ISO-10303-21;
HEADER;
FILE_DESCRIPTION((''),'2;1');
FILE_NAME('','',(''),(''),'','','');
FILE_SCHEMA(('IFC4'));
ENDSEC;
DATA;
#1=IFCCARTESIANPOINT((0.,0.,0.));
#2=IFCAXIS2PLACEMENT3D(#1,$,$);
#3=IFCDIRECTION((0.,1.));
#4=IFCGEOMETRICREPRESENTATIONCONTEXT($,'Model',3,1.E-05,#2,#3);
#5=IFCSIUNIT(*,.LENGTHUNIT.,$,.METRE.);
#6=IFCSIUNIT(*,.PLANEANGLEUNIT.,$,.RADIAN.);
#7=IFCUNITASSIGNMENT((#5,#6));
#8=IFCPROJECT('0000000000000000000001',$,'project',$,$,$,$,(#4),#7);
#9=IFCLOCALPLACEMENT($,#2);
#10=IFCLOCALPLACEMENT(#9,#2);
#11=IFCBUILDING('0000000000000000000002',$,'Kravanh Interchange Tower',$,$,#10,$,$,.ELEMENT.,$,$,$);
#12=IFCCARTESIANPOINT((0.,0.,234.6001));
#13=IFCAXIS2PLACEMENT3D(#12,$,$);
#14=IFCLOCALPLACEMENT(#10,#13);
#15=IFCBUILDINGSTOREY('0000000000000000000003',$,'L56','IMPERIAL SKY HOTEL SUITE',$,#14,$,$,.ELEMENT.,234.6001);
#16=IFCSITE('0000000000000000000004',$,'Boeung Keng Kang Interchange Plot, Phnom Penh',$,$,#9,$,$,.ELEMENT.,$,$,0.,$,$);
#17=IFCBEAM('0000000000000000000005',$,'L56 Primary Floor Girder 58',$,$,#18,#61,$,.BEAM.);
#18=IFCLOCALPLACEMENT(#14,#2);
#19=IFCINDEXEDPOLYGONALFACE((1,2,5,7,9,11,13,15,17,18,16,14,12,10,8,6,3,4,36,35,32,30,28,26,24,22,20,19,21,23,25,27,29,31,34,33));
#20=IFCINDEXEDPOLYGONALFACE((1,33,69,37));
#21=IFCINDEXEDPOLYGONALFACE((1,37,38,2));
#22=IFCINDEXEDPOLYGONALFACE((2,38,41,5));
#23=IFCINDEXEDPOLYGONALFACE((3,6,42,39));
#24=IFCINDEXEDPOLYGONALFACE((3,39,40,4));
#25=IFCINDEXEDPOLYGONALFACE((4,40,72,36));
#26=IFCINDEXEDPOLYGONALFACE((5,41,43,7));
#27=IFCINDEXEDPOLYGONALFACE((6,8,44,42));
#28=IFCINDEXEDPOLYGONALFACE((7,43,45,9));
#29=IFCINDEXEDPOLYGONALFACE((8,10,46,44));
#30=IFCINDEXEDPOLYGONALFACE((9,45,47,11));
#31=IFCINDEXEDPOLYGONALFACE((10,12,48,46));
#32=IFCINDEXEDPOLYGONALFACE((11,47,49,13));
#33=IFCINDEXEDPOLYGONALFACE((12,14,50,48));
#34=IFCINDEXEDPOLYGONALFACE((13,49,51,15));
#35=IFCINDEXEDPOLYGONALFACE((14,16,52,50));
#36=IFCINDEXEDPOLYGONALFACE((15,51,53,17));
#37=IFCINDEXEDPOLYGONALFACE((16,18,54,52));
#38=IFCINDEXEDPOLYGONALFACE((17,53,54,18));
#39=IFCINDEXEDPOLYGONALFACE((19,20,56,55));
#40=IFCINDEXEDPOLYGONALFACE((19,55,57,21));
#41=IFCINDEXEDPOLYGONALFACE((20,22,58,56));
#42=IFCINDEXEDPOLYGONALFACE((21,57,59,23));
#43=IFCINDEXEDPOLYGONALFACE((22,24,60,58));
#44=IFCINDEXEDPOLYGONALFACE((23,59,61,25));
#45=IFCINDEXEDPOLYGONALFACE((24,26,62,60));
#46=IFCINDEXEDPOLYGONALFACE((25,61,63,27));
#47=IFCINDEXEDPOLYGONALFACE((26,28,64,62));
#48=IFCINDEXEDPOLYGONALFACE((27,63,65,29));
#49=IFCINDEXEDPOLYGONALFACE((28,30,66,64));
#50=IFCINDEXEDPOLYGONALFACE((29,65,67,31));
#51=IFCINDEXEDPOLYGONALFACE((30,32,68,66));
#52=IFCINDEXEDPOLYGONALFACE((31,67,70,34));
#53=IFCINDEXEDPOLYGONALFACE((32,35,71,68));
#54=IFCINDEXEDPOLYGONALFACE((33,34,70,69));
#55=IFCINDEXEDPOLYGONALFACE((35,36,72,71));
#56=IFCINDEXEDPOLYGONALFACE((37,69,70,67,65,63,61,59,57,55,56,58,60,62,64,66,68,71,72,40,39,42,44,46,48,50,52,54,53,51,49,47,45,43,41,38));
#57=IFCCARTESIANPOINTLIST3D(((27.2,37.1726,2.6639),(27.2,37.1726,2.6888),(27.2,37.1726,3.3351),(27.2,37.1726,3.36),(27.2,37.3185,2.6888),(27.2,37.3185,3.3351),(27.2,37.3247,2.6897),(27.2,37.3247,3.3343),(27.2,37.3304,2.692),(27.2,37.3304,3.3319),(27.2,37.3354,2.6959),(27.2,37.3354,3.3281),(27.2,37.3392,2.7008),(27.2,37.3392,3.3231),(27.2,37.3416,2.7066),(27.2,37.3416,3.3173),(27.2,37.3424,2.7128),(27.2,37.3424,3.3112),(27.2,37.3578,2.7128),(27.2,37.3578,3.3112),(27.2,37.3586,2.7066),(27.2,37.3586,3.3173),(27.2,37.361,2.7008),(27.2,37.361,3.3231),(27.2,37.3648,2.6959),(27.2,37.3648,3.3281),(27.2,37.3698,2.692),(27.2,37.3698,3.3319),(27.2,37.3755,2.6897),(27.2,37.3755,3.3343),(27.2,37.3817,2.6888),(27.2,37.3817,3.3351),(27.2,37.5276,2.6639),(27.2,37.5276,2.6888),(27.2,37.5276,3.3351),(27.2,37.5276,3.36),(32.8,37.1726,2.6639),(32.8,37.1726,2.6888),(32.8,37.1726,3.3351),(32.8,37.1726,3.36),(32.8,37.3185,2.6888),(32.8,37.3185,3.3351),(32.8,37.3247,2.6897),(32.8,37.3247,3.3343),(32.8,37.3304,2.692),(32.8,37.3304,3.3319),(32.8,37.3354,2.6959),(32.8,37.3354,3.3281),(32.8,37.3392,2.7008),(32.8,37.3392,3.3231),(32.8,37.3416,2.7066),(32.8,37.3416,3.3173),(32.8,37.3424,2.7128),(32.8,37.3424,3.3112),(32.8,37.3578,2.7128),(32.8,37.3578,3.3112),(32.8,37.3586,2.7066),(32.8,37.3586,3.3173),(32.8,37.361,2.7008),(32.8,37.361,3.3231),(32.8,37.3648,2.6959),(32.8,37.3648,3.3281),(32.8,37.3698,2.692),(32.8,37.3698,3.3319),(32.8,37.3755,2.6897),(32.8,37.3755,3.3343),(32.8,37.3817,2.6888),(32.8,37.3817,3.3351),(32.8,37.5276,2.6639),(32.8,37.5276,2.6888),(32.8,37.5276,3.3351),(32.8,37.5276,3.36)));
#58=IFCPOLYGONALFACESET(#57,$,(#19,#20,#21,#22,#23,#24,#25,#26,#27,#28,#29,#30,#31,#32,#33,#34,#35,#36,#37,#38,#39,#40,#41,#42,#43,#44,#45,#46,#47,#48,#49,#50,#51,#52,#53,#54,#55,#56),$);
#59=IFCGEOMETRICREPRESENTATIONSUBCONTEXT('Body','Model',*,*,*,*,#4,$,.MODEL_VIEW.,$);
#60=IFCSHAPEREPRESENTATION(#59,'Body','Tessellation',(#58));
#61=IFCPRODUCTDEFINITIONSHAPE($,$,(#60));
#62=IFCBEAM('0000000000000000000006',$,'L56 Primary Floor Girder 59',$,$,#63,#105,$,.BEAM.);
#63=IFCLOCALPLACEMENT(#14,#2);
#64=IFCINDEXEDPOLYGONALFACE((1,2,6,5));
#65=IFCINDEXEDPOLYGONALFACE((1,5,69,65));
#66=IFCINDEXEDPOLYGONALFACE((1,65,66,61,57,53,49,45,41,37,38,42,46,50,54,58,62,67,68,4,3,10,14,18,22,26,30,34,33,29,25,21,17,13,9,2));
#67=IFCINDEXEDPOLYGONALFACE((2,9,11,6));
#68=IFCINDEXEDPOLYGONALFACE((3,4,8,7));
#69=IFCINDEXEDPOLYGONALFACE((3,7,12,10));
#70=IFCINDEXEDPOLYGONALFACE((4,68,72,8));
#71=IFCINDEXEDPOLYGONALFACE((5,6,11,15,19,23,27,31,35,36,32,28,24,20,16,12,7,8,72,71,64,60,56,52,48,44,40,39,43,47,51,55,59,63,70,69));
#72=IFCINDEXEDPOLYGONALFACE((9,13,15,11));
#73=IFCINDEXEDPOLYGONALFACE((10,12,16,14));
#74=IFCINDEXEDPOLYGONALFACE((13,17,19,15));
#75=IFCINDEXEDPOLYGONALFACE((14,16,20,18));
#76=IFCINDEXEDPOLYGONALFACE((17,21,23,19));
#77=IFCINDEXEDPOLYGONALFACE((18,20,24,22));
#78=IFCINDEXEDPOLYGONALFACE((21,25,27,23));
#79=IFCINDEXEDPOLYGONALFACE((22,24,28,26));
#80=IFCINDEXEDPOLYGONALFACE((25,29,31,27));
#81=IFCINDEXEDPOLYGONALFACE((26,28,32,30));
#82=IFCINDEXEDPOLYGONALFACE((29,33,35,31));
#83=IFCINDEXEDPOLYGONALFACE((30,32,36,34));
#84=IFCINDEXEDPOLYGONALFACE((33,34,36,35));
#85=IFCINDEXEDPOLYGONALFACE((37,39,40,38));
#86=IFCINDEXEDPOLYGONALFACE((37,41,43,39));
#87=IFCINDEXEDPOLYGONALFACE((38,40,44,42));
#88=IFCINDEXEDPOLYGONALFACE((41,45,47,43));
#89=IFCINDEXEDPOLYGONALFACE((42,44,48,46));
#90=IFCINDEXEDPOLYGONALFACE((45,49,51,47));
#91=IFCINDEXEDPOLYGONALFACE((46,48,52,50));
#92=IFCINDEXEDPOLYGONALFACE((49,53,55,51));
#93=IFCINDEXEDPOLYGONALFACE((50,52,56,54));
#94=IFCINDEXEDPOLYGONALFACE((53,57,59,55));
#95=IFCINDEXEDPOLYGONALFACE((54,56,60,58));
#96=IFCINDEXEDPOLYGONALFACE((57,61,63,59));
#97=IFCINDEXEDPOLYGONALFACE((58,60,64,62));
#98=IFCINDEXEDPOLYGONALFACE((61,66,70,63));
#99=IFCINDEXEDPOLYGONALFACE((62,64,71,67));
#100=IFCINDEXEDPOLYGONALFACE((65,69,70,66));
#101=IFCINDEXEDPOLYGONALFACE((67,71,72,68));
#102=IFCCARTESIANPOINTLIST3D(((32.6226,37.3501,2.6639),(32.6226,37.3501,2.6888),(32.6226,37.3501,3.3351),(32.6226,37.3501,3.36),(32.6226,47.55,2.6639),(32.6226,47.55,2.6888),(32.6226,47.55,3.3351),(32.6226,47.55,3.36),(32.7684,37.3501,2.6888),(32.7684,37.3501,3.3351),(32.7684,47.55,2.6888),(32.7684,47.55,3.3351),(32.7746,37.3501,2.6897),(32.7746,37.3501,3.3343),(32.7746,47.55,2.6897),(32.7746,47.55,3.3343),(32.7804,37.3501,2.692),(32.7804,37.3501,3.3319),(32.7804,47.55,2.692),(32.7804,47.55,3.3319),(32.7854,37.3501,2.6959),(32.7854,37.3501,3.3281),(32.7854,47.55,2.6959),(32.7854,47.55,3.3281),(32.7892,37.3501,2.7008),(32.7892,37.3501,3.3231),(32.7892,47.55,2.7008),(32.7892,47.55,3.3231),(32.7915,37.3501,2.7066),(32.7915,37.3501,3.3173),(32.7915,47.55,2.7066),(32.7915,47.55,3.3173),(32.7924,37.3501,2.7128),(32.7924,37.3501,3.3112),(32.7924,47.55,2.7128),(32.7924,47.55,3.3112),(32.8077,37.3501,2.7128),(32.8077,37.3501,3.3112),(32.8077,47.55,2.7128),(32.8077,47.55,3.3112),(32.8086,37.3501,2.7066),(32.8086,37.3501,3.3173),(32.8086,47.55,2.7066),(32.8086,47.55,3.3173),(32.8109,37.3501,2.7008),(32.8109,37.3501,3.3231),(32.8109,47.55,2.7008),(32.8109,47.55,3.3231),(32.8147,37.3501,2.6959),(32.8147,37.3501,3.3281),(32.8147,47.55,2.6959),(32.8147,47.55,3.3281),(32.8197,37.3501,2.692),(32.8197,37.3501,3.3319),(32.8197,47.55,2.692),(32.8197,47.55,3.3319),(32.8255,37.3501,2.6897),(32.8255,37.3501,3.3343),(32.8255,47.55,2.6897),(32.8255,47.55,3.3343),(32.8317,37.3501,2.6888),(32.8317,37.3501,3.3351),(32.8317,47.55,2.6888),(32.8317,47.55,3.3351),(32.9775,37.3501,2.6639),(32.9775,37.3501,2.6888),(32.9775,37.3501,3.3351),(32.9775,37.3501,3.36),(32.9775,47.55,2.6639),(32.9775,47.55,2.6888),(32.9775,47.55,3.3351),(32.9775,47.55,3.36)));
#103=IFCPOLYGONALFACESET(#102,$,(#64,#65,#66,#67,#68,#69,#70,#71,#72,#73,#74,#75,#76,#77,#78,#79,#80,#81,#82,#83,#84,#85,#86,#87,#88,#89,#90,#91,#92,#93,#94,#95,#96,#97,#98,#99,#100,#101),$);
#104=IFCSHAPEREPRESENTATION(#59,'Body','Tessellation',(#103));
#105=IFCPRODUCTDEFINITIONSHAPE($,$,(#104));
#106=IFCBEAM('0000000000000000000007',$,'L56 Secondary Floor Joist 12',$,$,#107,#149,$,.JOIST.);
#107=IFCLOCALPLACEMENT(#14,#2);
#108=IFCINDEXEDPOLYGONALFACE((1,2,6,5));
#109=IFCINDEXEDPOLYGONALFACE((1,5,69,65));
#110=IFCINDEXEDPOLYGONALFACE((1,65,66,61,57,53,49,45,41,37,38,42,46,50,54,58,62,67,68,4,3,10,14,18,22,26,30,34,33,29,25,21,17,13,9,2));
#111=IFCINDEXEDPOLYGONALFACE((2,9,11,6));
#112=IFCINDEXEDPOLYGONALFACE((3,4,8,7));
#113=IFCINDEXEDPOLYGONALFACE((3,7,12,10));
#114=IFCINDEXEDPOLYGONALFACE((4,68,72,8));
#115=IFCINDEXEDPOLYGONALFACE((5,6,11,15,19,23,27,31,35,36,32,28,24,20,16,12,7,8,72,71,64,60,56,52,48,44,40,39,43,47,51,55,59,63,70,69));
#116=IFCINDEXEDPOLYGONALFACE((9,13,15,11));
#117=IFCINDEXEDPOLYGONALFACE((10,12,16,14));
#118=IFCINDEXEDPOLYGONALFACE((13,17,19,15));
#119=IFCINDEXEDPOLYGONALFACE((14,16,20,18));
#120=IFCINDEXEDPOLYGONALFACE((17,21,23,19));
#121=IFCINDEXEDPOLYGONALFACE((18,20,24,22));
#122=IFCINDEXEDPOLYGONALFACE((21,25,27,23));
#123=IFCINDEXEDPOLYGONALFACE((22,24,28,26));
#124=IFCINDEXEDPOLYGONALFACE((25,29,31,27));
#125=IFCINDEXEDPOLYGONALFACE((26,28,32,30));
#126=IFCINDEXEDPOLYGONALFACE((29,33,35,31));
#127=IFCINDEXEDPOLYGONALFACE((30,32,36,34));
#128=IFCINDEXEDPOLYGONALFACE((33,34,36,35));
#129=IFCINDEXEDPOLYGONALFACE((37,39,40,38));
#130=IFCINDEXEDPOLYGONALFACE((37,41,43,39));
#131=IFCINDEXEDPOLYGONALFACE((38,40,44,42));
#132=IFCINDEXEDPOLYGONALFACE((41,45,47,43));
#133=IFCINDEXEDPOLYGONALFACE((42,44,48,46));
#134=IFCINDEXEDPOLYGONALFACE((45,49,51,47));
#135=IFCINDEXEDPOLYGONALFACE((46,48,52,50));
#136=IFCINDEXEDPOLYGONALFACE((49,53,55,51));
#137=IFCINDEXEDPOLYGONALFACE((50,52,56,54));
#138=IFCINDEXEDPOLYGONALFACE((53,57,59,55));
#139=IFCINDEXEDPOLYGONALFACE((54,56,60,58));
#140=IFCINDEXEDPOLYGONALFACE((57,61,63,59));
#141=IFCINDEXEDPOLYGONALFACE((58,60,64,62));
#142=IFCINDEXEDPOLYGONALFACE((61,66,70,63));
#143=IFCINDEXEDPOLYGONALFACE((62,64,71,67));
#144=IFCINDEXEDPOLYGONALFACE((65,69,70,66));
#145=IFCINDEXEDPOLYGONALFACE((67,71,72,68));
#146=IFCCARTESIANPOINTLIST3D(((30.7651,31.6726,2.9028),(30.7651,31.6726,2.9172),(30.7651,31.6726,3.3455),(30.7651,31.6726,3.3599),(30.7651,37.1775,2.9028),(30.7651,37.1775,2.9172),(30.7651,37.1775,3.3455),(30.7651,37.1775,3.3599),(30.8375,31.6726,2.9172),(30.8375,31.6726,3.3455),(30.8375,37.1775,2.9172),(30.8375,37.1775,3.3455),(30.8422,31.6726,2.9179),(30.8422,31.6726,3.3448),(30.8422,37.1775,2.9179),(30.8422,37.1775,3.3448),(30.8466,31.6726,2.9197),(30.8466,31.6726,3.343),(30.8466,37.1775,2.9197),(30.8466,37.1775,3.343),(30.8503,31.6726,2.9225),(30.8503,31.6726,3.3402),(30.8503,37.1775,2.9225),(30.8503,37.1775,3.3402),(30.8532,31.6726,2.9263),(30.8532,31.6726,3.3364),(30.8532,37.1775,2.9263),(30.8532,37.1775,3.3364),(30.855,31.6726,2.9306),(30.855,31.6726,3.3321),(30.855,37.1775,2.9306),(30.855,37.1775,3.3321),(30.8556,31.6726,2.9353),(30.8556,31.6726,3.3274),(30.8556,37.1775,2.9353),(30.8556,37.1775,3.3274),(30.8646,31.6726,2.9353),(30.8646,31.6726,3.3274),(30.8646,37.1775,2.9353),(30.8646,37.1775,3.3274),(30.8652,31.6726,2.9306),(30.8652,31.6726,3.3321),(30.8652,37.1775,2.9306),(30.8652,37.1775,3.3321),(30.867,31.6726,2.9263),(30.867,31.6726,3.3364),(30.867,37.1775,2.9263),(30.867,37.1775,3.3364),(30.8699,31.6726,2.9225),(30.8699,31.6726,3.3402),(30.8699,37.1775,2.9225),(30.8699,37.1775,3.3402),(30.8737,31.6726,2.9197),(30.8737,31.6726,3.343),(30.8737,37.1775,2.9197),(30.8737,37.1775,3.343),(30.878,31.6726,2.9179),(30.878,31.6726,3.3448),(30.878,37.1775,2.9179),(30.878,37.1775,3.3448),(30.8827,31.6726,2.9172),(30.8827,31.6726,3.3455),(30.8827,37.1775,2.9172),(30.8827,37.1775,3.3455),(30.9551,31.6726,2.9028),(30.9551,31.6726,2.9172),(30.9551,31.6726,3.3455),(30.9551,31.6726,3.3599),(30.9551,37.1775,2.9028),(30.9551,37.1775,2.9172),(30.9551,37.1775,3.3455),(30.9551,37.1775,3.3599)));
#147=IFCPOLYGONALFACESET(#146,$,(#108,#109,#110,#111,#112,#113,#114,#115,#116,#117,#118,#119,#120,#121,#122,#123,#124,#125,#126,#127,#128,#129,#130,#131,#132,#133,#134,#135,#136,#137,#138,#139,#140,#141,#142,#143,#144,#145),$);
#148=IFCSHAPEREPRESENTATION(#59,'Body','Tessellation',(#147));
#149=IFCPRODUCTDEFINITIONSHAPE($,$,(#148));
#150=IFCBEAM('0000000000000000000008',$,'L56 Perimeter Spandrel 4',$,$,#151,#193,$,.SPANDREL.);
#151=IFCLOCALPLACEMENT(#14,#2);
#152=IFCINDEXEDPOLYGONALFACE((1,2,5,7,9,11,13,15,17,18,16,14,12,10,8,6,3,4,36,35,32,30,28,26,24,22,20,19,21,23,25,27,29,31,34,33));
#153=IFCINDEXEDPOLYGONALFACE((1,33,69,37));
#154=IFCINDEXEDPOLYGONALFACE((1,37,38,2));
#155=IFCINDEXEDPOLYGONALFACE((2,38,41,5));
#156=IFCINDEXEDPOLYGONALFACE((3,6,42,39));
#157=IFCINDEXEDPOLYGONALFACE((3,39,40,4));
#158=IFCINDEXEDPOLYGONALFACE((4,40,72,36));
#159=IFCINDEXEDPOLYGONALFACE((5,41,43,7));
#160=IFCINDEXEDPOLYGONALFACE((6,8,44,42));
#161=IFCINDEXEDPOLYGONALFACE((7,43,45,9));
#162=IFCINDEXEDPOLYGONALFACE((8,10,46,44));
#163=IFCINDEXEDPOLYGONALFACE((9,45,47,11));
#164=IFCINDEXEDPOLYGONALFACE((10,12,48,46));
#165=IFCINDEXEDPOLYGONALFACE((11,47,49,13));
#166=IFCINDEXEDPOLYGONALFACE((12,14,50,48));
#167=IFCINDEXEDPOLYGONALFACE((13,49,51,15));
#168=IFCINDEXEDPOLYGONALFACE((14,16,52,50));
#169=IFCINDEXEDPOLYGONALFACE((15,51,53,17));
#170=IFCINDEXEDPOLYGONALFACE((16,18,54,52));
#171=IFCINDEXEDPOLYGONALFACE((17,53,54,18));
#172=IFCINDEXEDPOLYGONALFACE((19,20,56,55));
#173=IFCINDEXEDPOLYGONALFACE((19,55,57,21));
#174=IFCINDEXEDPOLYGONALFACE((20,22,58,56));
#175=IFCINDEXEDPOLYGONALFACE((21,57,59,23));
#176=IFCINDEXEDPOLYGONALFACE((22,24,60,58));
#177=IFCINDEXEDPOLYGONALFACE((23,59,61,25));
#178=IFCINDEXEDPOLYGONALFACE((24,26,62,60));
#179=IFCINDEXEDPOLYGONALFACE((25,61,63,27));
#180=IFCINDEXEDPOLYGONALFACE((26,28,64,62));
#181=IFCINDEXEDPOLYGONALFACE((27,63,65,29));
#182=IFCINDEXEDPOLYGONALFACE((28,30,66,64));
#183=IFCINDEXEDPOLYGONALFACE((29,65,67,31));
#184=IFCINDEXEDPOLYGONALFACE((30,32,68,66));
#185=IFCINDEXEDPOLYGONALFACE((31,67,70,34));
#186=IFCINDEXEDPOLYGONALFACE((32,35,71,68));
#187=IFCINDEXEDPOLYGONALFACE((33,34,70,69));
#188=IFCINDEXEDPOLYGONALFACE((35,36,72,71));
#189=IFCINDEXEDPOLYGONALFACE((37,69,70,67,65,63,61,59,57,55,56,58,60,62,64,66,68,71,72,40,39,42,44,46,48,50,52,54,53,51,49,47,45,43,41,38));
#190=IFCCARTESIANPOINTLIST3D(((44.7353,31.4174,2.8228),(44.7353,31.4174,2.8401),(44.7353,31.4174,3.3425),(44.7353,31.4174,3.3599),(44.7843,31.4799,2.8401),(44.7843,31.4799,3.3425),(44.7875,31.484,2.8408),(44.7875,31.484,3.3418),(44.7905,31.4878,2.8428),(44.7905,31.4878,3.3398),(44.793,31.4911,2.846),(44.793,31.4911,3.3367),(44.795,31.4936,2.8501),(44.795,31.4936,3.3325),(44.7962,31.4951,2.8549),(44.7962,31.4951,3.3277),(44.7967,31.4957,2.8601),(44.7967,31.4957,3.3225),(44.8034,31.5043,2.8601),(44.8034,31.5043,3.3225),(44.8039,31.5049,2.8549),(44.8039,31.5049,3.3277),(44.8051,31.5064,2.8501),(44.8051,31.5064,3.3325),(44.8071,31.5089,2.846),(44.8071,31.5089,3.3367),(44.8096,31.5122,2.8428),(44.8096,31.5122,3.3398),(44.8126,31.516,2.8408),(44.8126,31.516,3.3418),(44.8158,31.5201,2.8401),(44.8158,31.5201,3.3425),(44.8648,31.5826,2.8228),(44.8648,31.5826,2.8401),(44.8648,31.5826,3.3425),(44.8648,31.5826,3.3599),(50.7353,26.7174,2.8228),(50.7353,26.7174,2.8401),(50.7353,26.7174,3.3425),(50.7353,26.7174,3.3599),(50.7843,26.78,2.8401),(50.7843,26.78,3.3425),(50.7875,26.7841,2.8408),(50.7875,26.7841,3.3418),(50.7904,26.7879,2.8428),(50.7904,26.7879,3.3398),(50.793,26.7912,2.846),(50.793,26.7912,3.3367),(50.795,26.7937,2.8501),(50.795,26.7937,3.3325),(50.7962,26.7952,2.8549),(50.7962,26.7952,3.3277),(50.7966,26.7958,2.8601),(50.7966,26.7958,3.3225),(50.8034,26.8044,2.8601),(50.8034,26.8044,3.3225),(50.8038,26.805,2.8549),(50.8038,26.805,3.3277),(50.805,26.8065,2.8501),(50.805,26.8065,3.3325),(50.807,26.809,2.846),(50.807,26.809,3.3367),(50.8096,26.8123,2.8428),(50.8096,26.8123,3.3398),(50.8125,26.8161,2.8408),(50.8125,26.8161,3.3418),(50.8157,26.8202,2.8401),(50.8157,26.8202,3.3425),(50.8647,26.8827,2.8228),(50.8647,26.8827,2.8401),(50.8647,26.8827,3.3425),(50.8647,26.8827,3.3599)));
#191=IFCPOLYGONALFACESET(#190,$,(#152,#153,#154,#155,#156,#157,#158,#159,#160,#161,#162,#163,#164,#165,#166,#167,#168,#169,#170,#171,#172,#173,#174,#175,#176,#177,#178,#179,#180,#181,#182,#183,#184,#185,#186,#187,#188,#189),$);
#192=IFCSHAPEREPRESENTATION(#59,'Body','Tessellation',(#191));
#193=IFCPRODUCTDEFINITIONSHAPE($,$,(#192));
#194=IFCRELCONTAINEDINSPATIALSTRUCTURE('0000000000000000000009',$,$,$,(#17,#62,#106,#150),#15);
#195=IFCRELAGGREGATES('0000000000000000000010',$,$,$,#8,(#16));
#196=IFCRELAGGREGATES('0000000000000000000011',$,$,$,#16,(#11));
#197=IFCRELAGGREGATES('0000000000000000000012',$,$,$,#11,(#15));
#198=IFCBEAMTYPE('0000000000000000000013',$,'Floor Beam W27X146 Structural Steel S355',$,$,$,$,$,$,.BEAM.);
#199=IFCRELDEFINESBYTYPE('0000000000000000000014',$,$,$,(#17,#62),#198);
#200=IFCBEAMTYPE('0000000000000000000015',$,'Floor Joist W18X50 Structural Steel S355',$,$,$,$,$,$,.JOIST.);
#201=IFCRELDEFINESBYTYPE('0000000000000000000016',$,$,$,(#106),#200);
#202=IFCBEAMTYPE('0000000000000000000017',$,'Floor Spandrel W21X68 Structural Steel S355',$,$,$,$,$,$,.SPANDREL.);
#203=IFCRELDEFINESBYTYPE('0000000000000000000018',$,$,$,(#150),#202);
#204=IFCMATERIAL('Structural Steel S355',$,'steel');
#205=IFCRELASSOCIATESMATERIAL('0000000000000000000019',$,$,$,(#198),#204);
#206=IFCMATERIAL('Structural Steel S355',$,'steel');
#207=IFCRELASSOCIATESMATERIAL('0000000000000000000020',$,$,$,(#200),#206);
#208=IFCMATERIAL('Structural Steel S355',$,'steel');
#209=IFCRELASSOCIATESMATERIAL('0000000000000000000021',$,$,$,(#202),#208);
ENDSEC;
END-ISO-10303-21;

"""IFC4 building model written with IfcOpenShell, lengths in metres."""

from ifc_helpers import new_model, si_unit, direction, frame, origin, origin_2d, place, context, subcontext, project, spatial, i_section, extrude, material, material_profile, profile_set, type_object, element, save


model = new_model("IFC4")

# Units and contexts
model_context = context("Model", 3, precision=1e-05, world=origin(), true_north=direction((0.0, 1.0)))
body_context = subcontext(model_context, "Body", "Model", "MODEL_VIEW")
ifc_project = project(units=[si_unit("LENGTHUNIT", "METRE"), si_unit("PLANEANGLEUNIT", "RADIAN")], contexts=[model_context])

# Site, building, storey
site_placement = place(None, origin())
site = spatial("IfcSite", under=ifc_project, at=site_placement, Name="Boeung Keng Kang Interchange Plot, Phnom Penh", CompositionType="ELEMENT", RefElevation=0.0)
building_placement = place(site_placement, origin())
building = spatial("IfcBuilding", under=site, at=building_placement, Name="Kravanh Interchange Tower", CompositionType="ELEMENT")
storey_placement = place(building_placement, frame((0.0, 0.0, 234.6001)))
storey = spatial("IfcBuildingStorey", under=building, at=storey_placement, Name="L56", Description="IMPERIAL SKY HOTEL SUITE", CompositionType="ELEMENT", Elevation=234.6001)

# Beams
ifc_material_1 = material(Name="Structural Steel S355", Category="steel")
ifc_material_profile_1 = material_profile(ifc_material_1, i_section(OverallWidth=0.355, OverallDepth=0.696, WebThickness=0.0154, FlangeThickness=0.0249, FilletRadius=0.0239, at=origin_2d()), Name="W27X146")
ifc_profile_set_1 = profile_set([ifc_material_profile_1], Name="Structural Steel S355")
beam_type_1 = type_object("IfcBeamType", Name="Floor Beam W27X146 Structural Steel S355", PredefinedType="BEAM", material=ifc_profile_set_1)
beam_1_placement = place(storey_placement, frame((32.8, 37.3501, 3.012), z_axis=(-1.0, 0.0, 0.0), x_axis=(0.0, -1.0, 0.0)))
element("IfcBeam", 1, at=beam_1_placement, inside=storey, type_object=beam_type_1, Name="L56 Primary Floor Girder 58", PredefinedType="BEAM", context=body_context, shape_type="SweptSolid", body=[
    extrude(i_section(OverallWidth=0.355, OverallDepth=0.696, WebThickness=0.0154, FlangeThickness=0.0249, FilletRadius=0.0239, at=origin_2d()), origin(), (0.0, 0.0, 1.0), 5.6001),
])
beam_2_placement = place(storey_placement, frame((32.8, 37.3501, 3.012), z_axis=(0.0, 1.0, 0.0), x_axis=(-1.0, 0.0, 0.0)))
element("IfcBeam", 2, at=beam_2_placement, inside=storey, type_object=beam_type_1, Name="L56 Primary Floor Girder 59", PredefinedType="BEAM", context=body_context, shape_type="SweptSolid", body=[
    extrude(i_section(OverallWidth=0.355, OverallDepth=0.696, WebThickness=0.0154, FlangeThickness=0.0249, FilletRadius=0.0239, at=origin_2d()), origin(), (0.0, 0.0, 1.0), 10.2),
])
ifc_material_2 = material(Name="Structural Steel S355", Category="steel")
ifc_material_profile_2 = material_profile(ifc_material_2, i_section(OverallWidth=0.1899, OverallDepth=0.457, WebThickness=0.009, FlangeThickness=0.0144, FilletRadius=0.0181, at=origin_2d()), Name="W18X50")
ifc_profile_set_2 = profile_set([ifc_material_profile_2], Name="Structural Steel S355")
beam_type_2 = type_object("IfcBeamType", Name="Floor Joist W18X50 Structural Steel S355", PredefinedType="JOIST", material=ifc_profile_set_2)
beam_3_placement = place(storey_placement, frame((30.8601, 31.6726, 3.1313), z_axis=(0.0, 1.0, 0.0), x_axis=(-1.0, 0.0, 0.0)))
element("IfcBeam", 3, at=beam_3_placement, inside=storey, type_object=beam_type_2, Name="L56 Secondary Floor Joist 12", PredefinedType="JOIST", context=body_context, shape_type="SweptSolid", body=[
    extrude(i_section(OverallWidth=0.1899, OverallDepth=0.457, WebThickness=0.009, FlangeThickness=0.0144, FilletRadius=0.0181, at=origin_2d()), origin(), (0.0, 0.0, 1.0), 5.5049),
])
ifc_material_3 = material(Name="Structural Steel S355", Category="steel")
ifc_material_profile_3 = material_profile(ifc_material_3, i_section(OverallWidth=0.21, OverallDepth=0.5371, WebThickness=0.011, FlangeThickness=0.0173, FilletRadius=0.02, at=origin_2d()), Name="W21X68")
ifc_profile_set_3 = profile_set([ifc_material_profile_3], Name="Structural Steel S355")
beam_type_3 = type_object("IfcBeamType", Name="Floor Spandrel W21X68 Structural Steel S355", PredefinedType="SPANDREL", material=ifc_profile_set_3)
beam_4_placement = place(storey_placement, frame((44.8, 31.5, 3.0913), z_axis=(0.787231, -0.616658, 0.0), x_axis=(0.616658, 0.787231, 0.0)))
element("IfcBeam", 4, at=beam_4_placement, inside=storey, type_object=beam_type_3, Name="L56 Perimeter Spandrel 4", PredefinedType="SPANDREL", context=body_context, shape_type="SweptSolid", body=[
    extrude(i_section(OverallWidth=0.21, OverallDepth=0.5371, WebThickness=0.011, FlangeThickness=0.0173, FilletRadius=0.02, at=origin_2d()), origin(), (0.0, 0.0, 1.0), 7.6216),
])

save(model, "model.ifc")
